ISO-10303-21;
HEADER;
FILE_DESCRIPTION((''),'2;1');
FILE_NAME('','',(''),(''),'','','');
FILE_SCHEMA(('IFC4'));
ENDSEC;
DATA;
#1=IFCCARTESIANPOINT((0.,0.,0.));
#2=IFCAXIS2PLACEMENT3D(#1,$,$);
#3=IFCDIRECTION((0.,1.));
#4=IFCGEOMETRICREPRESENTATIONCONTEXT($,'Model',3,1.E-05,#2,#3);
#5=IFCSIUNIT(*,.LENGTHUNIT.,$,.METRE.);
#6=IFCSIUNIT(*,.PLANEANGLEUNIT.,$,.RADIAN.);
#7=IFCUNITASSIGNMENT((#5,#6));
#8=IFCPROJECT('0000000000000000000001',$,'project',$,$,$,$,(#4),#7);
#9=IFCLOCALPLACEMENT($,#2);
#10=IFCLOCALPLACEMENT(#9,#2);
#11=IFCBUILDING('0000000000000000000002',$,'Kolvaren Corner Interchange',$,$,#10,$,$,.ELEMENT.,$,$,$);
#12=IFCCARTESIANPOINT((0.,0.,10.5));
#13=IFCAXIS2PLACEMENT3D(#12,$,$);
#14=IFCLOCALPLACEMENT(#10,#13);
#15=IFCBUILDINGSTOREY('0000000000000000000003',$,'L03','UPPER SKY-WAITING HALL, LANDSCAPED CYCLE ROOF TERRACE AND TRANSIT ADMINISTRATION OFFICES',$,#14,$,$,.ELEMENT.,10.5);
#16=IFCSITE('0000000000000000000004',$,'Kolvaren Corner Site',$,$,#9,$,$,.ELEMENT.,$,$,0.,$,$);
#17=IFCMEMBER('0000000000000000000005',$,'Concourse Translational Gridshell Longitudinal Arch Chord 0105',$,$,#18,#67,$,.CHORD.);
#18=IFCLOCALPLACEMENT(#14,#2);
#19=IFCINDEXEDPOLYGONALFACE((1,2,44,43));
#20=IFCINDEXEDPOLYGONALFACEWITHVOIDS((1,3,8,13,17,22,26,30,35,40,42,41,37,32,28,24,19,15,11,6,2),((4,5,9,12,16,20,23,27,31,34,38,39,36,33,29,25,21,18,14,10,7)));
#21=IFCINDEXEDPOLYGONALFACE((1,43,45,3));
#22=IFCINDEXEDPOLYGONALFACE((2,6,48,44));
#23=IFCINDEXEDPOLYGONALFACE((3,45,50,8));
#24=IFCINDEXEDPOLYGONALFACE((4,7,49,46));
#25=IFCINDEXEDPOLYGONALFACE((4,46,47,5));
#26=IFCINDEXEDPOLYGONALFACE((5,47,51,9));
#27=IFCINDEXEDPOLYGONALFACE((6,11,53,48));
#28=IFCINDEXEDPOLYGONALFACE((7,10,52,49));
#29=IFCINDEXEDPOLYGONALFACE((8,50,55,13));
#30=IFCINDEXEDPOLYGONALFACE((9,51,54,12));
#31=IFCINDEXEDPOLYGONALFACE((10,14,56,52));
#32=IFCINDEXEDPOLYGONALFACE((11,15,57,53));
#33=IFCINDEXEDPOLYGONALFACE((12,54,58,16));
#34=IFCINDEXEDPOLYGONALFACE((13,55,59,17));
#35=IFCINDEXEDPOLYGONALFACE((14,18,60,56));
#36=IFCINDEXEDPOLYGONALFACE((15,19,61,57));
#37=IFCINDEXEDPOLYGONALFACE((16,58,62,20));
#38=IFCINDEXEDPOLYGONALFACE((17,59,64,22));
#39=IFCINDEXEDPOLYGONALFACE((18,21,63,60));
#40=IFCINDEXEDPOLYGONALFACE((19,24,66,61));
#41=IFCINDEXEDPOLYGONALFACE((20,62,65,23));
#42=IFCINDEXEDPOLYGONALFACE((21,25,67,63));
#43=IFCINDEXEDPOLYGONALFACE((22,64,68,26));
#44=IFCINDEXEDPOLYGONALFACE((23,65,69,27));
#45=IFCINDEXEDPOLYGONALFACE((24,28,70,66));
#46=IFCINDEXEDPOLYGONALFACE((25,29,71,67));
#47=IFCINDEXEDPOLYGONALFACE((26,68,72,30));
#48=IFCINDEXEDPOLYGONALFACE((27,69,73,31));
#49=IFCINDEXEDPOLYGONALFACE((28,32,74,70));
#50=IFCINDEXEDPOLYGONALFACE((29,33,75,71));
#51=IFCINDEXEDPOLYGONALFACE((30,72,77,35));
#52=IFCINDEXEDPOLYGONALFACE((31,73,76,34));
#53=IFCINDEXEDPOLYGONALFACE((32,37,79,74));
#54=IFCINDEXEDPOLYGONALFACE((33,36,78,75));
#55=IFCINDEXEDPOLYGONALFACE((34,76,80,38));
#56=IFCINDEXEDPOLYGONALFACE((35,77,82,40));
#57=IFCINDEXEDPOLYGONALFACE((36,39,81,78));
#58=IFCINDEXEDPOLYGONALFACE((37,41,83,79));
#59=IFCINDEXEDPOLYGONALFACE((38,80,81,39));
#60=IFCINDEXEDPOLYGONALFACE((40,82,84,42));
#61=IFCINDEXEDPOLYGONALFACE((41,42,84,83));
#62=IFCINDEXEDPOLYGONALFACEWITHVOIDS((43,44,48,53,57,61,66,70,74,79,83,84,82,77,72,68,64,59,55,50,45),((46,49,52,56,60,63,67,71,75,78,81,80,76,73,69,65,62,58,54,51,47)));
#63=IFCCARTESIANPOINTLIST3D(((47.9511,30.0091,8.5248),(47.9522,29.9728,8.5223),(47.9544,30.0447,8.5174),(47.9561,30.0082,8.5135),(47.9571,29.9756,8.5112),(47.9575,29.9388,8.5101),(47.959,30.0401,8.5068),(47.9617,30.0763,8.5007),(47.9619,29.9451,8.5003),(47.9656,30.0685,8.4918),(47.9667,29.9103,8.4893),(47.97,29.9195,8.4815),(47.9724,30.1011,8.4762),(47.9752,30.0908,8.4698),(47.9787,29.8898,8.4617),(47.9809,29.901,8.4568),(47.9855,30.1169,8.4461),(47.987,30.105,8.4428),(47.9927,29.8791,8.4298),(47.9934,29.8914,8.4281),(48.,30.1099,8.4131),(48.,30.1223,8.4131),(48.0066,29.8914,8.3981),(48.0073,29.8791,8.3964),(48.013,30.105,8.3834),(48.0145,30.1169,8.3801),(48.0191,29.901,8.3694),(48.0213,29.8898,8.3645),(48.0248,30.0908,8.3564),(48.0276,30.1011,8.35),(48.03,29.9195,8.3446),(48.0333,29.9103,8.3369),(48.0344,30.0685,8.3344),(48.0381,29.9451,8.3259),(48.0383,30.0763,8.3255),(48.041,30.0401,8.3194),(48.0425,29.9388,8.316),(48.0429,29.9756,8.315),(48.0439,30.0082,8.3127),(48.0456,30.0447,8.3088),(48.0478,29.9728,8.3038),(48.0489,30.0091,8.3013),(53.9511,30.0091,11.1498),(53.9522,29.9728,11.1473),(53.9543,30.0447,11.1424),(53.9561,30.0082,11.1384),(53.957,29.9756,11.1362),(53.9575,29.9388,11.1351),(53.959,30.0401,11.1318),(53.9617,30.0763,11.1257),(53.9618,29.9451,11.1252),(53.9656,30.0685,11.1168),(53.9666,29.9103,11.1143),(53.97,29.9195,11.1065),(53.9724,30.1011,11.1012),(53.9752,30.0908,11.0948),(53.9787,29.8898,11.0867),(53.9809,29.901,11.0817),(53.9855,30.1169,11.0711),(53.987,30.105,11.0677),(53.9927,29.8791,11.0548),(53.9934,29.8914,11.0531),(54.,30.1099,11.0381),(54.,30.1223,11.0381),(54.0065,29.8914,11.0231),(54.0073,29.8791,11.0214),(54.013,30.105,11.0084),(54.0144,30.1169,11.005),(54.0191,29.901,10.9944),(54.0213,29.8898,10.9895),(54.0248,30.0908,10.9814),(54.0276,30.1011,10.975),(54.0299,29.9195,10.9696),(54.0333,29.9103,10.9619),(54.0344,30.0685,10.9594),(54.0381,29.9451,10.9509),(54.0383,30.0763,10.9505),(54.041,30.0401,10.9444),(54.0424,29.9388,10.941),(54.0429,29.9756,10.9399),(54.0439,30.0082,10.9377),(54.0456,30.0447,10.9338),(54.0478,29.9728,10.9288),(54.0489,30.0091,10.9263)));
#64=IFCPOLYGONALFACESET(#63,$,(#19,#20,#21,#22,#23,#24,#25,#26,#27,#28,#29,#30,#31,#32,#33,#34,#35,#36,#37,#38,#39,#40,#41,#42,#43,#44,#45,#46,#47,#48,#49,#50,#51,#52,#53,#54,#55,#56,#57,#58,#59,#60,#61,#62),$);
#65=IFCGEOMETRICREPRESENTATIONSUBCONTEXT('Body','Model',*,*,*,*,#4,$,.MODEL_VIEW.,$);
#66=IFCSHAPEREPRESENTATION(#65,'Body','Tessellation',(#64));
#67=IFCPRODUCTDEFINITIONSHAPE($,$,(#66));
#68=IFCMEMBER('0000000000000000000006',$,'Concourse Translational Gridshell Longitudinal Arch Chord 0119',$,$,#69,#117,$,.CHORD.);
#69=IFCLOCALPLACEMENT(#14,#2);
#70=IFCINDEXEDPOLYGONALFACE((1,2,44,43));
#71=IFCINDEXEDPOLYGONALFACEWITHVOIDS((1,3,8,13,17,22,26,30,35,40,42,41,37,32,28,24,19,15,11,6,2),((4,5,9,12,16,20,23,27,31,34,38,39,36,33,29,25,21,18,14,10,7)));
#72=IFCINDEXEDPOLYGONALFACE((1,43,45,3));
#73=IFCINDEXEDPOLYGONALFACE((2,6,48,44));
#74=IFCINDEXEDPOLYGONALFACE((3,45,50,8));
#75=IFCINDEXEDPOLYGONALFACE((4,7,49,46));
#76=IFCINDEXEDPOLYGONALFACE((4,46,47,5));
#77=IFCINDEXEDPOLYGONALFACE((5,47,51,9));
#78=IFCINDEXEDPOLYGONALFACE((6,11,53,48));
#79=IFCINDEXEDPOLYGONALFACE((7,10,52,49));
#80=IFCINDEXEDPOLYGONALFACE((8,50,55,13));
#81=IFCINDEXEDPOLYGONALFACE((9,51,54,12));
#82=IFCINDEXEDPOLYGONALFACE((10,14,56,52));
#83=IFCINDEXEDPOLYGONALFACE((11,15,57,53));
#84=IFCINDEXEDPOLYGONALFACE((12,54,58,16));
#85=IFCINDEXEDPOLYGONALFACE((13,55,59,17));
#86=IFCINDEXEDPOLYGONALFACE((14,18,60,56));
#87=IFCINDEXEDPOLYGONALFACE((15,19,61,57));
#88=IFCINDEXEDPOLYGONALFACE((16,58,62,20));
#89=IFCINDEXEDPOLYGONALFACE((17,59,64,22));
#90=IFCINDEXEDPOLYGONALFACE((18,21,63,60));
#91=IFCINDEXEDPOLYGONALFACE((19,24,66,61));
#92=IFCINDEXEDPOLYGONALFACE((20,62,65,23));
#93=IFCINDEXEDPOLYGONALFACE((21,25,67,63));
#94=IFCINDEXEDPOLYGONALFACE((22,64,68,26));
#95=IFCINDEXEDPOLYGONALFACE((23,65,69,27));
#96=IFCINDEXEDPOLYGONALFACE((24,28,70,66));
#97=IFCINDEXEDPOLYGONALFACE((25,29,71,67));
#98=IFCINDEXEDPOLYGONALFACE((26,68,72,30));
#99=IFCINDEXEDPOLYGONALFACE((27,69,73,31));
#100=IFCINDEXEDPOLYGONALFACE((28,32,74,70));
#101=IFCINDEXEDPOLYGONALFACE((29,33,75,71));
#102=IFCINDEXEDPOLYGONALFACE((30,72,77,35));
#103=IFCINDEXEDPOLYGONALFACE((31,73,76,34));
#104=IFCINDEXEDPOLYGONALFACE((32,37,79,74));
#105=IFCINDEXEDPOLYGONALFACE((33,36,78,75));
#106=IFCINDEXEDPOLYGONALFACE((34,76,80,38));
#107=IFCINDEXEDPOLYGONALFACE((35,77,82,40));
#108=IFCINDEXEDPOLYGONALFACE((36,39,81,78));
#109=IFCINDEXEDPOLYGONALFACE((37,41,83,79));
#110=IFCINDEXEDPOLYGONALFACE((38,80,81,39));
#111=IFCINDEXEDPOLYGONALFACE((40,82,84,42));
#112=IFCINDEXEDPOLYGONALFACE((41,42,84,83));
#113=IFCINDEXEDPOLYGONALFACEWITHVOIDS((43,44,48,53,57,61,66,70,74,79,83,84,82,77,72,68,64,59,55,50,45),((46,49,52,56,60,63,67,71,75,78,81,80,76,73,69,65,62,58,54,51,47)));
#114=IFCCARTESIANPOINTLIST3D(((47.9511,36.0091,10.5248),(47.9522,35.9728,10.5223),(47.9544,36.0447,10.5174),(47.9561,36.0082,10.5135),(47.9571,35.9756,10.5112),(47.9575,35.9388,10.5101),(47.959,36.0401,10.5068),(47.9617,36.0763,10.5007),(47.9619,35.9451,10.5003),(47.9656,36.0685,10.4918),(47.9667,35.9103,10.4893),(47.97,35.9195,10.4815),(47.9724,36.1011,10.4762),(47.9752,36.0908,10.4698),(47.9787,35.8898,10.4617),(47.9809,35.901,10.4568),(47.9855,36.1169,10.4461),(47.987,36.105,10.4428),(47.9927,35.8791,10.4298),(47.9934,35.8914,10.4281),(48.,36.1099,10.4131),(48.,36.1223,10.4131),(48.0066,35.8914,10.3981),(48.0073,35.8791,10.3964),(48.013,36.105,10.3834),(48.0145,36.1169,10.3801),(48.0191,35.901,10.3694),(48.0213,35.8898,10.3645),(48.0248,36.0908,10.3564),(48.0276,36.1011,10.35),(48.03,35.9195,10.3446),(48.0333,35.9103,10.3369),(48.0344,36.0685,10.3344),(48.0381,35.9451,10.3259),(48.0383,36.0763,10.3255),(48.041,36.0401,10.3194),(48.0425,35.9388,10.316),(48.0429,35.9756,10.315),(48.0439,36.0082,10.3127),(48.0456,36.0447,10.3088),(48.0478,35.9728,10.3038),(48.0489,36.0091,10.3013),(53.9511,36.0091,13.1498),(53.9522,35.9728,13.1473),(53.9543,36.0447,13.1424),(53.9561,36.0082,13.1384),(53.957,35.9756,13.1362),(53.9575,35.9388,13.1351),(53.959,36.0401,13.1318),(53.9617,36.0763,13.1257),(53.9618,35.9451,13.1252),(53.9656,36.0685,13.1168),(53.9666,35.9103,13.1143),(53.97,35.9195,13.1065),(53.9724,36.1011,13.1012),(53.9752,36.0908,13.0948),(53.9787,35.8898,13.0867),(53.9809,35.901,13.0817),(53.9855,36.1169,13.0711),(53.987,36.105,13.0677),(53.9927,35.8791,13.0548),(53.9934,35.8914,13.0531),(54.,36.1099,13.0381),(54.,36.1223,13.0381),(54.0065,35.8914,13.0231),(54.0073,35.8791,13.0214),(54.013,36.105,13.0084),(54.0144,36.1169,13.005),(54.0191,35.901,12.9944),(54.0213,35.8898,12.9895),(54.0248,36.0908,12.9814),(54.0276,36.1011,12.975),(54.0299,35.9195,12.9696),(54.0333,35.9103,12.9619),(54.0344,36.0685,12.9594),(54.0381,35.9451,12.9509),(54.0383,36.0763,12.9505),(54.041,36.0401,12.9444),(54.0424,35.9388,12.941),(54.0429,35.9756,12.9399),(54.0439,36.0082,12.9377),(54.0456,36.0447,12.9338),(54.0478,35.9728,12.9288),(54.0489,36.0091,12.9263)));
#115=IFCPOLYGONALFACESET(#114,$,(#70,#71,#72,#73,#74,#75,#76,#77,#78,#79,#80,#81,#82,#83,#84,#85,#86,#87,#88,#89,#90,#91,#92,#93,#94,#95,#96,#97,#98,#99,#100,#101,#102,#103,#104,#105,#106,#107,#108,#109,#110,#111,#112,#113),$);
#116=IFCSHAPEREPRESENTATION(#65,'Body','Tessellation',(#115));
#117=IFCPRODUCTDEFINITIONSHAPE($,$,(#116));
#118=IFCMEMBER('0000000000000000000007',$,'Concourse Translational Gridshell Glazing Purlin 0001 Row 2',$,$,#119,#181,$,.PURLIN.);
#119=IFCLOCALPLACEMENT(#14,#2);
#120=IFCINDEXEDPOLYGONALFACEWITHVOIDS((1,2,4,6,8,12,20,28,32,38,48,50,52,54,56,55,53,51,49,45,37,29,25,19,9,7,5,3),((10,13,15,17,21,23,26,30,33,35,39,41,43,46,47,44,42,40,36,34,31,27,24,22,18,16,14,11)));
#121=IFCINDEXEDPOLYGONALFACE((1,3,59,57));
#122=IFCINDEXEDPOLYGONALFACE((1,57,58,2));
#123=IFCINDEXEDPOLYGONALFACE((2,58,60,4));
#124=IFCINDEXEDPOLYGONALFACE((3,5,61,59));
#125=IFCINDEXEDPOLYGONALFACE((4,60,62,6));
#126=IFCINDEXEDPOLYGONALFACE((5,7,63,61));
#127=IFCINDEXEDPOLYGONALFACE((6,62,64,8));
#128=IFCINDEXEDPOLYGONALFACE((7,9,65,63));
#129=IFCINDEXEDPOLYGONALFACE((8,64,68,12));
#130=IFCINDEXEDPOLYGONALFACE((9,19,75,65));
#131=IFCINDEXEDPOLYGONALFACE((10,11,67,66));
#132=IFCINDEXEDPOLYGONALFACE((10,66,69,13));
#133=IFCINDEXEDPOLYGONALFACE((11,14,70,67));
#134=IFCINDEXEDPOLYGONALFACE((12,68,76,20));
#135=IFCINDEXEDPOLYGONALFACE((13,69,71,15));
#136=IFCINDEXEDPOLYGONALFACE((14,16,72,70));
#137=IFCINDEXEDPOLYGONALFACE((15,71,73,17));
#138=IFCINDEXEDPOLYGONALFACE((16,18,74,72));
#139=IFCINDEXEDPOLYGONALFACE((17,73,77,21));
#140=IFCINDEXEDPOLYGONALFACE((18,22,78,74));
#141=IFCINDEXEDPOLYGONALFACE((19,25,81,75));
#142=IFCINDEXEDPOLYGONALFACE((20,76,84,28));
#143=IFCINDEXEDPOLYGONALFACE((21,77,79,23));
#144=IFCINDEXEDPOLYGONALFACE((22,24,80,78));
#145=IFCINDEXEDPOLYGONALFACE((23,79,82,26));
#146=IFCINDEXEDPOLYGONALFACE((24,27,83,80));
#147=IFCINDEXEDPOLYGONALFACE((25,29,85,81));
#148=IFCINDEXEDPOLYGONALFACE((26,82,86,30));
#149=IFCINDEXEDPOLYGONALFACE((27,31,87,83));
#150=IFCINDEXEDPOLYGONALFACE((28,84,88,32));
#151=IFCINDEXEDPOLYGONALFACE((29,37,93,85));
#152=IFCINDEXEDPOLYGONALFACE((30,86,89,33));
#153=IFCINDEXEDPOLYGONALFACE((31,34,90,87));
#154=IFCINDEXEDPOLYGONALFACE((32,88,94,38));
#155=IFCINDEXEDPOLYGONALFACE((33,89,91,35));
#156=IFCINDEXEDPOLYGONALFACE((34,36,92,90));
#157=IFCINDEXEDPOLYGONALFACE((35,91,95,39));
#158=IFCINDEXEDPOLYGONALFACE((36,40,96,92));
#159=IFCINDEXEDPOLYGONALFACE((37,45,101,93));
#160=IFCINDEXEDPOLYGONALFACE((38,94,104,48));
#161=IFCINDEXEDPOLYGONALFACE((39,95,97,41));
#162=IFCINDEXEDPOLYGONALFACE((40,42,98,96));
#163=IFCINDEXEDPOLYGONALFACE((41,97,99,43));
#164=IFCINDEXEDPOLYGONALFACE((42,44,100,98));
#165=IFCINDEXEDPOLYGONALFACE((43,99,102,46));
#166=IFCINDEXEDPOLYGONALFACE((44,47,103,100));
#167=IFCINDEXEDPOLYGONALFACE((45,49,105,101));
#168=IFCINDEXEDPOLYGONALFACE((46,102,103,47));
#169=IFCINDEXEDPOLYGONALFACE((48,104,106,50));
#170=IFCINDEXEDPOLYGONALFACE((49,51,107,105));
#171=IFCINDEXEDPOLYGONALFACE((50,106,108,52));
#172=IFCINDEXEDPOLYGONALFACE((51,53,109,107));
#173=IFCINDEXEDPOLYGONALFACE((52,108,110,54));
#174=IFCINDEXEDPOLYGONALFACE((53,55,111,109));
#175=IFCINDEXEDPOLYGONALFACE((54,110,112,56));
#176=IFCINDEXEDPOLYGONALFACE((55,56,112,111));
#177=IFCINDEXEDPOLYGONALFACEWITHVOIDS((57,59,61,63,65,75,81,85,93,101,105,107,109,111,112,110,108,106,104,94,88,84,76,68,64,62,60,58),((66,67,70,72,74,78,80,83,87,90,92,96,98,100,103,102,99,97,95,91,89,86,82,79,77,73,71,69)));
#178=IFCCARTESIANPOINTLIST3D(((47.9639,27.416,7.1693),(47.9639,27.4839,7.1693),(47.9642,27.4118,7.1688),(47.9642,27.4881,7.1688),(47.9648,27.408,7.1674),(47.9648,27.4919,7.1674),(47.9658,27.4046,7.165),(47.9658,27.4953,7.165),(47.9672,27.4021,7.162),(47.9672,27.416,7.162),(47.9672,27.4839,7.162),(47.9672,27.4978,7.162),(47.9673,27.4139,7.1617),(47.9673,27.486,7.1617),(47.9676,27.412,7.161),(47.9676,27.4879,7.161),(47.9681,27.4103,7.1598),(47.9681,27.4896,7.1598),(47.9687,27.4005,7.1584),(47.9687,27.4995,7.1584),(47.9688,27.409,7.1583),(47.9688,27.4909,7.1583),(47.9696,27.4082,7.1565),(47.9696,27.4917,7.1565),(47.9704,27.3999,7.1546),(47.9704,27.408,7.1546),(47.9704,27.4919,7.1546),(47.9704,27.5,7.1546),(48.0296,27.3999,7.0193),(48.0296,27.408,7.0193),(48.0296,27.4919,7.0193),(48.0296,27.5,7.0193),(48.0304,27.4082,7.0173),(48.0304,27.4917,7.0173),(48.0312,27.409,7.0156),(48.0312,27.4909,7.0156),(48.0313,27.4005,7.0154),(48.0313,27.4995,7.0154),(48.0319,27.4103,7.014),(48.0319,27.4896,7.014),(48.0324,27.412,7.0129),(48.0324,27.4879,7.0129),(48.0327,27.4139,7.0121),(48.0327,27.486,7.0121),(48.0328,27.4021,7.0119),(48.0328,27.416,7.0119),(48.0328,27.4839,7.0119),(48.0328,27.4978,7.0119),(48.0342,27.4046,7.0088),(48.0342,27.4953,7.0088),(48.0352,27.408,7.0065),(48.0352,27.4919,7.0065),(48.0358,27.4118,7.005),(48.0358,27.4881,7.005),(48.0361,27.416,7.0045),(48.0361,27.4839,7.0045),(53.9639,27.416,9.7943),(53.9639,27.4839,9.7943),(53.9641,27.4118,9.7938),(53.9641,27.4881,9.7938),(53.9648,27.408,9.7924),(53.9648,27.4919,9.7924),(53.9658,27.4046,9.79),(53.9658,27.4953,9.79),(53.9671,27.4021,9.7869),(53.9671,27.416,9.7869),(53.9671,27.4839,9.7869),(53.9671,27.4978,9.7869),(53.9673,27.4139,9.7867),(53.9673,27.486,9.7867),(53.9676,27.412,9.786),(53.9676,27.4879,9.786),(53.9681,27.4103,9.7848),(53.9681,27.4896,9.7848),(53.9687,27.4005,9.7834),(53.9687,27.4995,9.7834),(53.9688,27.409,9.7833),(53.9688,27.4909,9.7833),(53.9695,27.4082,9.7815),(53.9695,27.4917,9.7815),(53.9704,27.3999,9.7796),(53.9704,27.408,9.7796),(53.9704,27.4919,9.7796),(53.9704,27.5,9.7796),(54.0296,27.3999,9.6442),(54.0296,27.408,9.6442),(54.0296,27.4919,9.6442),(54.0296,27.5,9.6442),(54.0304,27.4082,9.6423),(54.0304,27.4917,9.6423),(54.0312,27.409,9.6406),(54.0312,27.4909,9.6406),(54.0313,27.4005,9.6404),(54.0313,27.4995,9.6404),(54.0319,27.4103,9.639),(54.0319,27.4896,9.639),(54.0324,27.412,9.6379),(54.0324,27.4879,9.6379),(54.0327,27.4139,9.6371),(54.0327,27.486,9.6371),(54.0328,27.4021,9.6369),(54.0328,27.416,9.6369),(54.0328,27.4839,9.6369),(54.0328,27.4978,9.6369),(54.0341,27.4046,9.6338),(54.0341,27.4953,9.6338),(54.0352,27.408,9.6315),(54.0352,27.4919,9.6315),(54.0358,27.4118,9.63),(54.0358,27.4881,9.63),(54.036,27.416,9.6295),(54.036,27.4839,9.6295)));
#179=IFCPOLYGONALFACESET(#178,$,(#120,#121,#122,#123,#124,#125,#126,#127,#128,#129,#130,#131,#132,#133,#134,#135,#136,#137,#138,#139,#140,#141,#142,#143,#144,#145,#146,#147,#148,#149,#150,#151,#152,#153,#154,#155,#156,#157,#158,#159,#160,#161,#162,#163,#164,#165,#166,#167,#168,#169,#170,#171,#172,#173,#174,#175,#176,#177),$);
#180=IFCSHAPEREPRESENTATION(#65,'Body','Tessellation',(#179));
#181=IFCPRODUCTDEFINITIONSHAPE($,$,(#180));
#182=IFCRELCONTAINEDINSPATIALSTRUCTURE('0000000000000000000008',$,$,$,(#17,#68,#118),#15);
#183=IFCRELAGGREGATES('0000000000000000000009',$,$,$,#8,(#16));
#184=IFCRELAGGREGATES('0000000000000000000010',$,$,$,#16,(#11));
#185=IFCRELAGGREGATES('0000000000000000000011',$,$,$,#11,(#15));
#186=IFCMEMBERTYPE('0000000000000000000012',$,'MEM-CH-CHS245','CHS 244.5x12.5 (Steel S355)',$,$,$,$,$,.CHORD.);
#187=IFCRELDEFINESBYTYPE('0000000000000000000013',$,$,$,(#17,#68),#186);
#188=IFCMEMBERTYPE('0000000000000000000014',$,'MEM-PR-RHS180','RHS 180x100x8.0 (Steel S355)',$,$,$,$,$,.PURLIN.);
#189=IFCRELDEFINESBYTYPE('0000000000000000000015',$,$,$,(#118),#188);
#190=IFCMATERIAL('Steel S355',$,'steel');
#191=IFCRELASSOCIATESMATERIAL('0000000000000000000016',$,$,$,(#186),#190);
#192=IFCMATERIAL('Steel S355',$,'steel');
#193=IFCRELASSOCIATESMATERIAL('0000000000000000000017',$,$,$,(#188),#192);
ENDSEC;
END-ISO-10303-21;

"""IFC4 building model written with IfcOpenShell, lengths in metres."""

from ifc_helpers import new_model, si_unit, direction, frame, origin, origin_2d, place, context, subcontext, project, spatial, hollow_rectangle, hollow_circle, extrude, material, material_profile, profile_set, type_object, element, save


model = new_model("IFC4")

# Units and contexts
model_context = context("Model", 3, precision=1e-05, world=origin(), true_north=direction((0.0, 1.0)))
body_context = subcontext(model_context, "Body", "Model", "MODEL_VIEW")
ifc_project = project(units=[si_unit("LENGTHUNIT", "METRE"), si_unit("PLANEANGLEUNIT", "RADIAN")], contexts=[model_context])

# Site, building, storey
site_placement = place(None, origin())
site = spatial("IfcSite", under=ifc_project, at=site_placement, Name="Kolvaren Corner Site", CompositionType="ELEMENT", RefElevation=0.0)
building_placement = place(site_placement, origin())
building = spatial("IfcBuilding", under=site, at=building_placement, Name="Kolvaren Corner Interchange", CompositionType="ELEMENT")
storey_placement = place(building_placement, frame((0.0, 0.0, 10.5)))
storey = spatial("IfcBuildingStorey", under=building, at=storey_placement, Name="L03", Description="UPPER SKY-WAITING HALL, LANDSCAPED CYCLE ROOF TERRACE AND TRANSIT ADMINISTRATION OFFICES", CompositionType="ELEMENT", Elevation=10.5)

# Members
ifc_material_1 = material(Name="Steel S355", Category="steel")
ifc_material_profile_1 = material_profile(ifc_material_1, hollow_circle(Radius=0.1223, WallThickness=0.0125, at=origin_2d()), Name="CHS 244.5x12.5")
ifc_profile_set_1 = profile_set([ifc_material_profile_1], Name="Steel S355")
member_type_1 = type_object("IfcMemberType", Name="MEM-CH-CHS245", Description="CHS 244.5x12.5 (Steel S355)", PredefinedType="CHORD", material=ifc_profile_set_1)
for number, where, z_axis, x_axis, name in (
    (1, (48.0, 30.0, 8.4131), (0.916157, 0.0, 0.400819), (0.0, 1.0, 0.0), "Concourse Translational Gridshell Longitudinal Arch Chord 0105"),
    (2, (48.0, 36.0, 10.4131), (0.916157, 0.0, 0.400819), (0.0, 1.0, 0.0), "Concourse Translational Gridshell Longitudinal Arch Chord 0119"),
):
    element("IfcMember", number, at=place(storey_placement, frame(where, z_axis=z_axis, x_axis=x_axis)), inside=storey, type_object=member_type_1, Name=name, PredefinedType="CHORD", context=body_context, shape_type="SweptSolid", body=[
        extrude(hollow_circle(Radius=0.1223, WallThickness=0.0125, at=origin_2d()), origin(), (0.0, 0.0, 1.0), 6.5491),
    ])
ifc_material_2 = material(Name="Steel S355", Category="steel")
ifc_material_profile_2 = material_profile(ifc_material_2, hollow_rectangle(XDim=0.1001, YDim=0.1799, WallThickness=0.0081, InnerFilletRadius=0.0081, OuterFilletRadius=0.0161, at=origin_2d()), Name="RHS 180x100x8.0")
ifc_profile_set_2 = profile_set([ifc_material_profile_2], Name="Steel S355")
member_type_2 = type_object("IfcMemberType", Name="MEM-PR-RHS180", Description="RHS 180x100x8.0 (Steel S355)", PredefinedType="PURLIN", material=ifc_profile_set_2)
for number, where, z_axis, x_axis, name in (
    (3, (48.0, 27.45, 7.0869), (0.916157, 0.0, 0.400819), (0.0, 1.0, 0.0), "Concourse Translational Gridshell Glazing Purlin 0001 Row 2"),
):
    element("IfcMember", number, at=place(storey_placement, frame(where, z_axis=z_axis, x_axis=x_axis)), inside=storey, type_object=member_type_2, Name=name, PredefinedType="PURLIN", context=body_context, shape_type="SweptSolid", body=[
        extrude(hollow_rectangle(XDim=0.1001, YDim=0.1799, WallThickness=0.0081, InnerFilletRadius=0.0081, OuterFilletRadius=0.0161, at=origin_2d()), origin(), (0.0, 0.0, 1.0), 6.5491),
    ])

save(model, "model.ifc")
